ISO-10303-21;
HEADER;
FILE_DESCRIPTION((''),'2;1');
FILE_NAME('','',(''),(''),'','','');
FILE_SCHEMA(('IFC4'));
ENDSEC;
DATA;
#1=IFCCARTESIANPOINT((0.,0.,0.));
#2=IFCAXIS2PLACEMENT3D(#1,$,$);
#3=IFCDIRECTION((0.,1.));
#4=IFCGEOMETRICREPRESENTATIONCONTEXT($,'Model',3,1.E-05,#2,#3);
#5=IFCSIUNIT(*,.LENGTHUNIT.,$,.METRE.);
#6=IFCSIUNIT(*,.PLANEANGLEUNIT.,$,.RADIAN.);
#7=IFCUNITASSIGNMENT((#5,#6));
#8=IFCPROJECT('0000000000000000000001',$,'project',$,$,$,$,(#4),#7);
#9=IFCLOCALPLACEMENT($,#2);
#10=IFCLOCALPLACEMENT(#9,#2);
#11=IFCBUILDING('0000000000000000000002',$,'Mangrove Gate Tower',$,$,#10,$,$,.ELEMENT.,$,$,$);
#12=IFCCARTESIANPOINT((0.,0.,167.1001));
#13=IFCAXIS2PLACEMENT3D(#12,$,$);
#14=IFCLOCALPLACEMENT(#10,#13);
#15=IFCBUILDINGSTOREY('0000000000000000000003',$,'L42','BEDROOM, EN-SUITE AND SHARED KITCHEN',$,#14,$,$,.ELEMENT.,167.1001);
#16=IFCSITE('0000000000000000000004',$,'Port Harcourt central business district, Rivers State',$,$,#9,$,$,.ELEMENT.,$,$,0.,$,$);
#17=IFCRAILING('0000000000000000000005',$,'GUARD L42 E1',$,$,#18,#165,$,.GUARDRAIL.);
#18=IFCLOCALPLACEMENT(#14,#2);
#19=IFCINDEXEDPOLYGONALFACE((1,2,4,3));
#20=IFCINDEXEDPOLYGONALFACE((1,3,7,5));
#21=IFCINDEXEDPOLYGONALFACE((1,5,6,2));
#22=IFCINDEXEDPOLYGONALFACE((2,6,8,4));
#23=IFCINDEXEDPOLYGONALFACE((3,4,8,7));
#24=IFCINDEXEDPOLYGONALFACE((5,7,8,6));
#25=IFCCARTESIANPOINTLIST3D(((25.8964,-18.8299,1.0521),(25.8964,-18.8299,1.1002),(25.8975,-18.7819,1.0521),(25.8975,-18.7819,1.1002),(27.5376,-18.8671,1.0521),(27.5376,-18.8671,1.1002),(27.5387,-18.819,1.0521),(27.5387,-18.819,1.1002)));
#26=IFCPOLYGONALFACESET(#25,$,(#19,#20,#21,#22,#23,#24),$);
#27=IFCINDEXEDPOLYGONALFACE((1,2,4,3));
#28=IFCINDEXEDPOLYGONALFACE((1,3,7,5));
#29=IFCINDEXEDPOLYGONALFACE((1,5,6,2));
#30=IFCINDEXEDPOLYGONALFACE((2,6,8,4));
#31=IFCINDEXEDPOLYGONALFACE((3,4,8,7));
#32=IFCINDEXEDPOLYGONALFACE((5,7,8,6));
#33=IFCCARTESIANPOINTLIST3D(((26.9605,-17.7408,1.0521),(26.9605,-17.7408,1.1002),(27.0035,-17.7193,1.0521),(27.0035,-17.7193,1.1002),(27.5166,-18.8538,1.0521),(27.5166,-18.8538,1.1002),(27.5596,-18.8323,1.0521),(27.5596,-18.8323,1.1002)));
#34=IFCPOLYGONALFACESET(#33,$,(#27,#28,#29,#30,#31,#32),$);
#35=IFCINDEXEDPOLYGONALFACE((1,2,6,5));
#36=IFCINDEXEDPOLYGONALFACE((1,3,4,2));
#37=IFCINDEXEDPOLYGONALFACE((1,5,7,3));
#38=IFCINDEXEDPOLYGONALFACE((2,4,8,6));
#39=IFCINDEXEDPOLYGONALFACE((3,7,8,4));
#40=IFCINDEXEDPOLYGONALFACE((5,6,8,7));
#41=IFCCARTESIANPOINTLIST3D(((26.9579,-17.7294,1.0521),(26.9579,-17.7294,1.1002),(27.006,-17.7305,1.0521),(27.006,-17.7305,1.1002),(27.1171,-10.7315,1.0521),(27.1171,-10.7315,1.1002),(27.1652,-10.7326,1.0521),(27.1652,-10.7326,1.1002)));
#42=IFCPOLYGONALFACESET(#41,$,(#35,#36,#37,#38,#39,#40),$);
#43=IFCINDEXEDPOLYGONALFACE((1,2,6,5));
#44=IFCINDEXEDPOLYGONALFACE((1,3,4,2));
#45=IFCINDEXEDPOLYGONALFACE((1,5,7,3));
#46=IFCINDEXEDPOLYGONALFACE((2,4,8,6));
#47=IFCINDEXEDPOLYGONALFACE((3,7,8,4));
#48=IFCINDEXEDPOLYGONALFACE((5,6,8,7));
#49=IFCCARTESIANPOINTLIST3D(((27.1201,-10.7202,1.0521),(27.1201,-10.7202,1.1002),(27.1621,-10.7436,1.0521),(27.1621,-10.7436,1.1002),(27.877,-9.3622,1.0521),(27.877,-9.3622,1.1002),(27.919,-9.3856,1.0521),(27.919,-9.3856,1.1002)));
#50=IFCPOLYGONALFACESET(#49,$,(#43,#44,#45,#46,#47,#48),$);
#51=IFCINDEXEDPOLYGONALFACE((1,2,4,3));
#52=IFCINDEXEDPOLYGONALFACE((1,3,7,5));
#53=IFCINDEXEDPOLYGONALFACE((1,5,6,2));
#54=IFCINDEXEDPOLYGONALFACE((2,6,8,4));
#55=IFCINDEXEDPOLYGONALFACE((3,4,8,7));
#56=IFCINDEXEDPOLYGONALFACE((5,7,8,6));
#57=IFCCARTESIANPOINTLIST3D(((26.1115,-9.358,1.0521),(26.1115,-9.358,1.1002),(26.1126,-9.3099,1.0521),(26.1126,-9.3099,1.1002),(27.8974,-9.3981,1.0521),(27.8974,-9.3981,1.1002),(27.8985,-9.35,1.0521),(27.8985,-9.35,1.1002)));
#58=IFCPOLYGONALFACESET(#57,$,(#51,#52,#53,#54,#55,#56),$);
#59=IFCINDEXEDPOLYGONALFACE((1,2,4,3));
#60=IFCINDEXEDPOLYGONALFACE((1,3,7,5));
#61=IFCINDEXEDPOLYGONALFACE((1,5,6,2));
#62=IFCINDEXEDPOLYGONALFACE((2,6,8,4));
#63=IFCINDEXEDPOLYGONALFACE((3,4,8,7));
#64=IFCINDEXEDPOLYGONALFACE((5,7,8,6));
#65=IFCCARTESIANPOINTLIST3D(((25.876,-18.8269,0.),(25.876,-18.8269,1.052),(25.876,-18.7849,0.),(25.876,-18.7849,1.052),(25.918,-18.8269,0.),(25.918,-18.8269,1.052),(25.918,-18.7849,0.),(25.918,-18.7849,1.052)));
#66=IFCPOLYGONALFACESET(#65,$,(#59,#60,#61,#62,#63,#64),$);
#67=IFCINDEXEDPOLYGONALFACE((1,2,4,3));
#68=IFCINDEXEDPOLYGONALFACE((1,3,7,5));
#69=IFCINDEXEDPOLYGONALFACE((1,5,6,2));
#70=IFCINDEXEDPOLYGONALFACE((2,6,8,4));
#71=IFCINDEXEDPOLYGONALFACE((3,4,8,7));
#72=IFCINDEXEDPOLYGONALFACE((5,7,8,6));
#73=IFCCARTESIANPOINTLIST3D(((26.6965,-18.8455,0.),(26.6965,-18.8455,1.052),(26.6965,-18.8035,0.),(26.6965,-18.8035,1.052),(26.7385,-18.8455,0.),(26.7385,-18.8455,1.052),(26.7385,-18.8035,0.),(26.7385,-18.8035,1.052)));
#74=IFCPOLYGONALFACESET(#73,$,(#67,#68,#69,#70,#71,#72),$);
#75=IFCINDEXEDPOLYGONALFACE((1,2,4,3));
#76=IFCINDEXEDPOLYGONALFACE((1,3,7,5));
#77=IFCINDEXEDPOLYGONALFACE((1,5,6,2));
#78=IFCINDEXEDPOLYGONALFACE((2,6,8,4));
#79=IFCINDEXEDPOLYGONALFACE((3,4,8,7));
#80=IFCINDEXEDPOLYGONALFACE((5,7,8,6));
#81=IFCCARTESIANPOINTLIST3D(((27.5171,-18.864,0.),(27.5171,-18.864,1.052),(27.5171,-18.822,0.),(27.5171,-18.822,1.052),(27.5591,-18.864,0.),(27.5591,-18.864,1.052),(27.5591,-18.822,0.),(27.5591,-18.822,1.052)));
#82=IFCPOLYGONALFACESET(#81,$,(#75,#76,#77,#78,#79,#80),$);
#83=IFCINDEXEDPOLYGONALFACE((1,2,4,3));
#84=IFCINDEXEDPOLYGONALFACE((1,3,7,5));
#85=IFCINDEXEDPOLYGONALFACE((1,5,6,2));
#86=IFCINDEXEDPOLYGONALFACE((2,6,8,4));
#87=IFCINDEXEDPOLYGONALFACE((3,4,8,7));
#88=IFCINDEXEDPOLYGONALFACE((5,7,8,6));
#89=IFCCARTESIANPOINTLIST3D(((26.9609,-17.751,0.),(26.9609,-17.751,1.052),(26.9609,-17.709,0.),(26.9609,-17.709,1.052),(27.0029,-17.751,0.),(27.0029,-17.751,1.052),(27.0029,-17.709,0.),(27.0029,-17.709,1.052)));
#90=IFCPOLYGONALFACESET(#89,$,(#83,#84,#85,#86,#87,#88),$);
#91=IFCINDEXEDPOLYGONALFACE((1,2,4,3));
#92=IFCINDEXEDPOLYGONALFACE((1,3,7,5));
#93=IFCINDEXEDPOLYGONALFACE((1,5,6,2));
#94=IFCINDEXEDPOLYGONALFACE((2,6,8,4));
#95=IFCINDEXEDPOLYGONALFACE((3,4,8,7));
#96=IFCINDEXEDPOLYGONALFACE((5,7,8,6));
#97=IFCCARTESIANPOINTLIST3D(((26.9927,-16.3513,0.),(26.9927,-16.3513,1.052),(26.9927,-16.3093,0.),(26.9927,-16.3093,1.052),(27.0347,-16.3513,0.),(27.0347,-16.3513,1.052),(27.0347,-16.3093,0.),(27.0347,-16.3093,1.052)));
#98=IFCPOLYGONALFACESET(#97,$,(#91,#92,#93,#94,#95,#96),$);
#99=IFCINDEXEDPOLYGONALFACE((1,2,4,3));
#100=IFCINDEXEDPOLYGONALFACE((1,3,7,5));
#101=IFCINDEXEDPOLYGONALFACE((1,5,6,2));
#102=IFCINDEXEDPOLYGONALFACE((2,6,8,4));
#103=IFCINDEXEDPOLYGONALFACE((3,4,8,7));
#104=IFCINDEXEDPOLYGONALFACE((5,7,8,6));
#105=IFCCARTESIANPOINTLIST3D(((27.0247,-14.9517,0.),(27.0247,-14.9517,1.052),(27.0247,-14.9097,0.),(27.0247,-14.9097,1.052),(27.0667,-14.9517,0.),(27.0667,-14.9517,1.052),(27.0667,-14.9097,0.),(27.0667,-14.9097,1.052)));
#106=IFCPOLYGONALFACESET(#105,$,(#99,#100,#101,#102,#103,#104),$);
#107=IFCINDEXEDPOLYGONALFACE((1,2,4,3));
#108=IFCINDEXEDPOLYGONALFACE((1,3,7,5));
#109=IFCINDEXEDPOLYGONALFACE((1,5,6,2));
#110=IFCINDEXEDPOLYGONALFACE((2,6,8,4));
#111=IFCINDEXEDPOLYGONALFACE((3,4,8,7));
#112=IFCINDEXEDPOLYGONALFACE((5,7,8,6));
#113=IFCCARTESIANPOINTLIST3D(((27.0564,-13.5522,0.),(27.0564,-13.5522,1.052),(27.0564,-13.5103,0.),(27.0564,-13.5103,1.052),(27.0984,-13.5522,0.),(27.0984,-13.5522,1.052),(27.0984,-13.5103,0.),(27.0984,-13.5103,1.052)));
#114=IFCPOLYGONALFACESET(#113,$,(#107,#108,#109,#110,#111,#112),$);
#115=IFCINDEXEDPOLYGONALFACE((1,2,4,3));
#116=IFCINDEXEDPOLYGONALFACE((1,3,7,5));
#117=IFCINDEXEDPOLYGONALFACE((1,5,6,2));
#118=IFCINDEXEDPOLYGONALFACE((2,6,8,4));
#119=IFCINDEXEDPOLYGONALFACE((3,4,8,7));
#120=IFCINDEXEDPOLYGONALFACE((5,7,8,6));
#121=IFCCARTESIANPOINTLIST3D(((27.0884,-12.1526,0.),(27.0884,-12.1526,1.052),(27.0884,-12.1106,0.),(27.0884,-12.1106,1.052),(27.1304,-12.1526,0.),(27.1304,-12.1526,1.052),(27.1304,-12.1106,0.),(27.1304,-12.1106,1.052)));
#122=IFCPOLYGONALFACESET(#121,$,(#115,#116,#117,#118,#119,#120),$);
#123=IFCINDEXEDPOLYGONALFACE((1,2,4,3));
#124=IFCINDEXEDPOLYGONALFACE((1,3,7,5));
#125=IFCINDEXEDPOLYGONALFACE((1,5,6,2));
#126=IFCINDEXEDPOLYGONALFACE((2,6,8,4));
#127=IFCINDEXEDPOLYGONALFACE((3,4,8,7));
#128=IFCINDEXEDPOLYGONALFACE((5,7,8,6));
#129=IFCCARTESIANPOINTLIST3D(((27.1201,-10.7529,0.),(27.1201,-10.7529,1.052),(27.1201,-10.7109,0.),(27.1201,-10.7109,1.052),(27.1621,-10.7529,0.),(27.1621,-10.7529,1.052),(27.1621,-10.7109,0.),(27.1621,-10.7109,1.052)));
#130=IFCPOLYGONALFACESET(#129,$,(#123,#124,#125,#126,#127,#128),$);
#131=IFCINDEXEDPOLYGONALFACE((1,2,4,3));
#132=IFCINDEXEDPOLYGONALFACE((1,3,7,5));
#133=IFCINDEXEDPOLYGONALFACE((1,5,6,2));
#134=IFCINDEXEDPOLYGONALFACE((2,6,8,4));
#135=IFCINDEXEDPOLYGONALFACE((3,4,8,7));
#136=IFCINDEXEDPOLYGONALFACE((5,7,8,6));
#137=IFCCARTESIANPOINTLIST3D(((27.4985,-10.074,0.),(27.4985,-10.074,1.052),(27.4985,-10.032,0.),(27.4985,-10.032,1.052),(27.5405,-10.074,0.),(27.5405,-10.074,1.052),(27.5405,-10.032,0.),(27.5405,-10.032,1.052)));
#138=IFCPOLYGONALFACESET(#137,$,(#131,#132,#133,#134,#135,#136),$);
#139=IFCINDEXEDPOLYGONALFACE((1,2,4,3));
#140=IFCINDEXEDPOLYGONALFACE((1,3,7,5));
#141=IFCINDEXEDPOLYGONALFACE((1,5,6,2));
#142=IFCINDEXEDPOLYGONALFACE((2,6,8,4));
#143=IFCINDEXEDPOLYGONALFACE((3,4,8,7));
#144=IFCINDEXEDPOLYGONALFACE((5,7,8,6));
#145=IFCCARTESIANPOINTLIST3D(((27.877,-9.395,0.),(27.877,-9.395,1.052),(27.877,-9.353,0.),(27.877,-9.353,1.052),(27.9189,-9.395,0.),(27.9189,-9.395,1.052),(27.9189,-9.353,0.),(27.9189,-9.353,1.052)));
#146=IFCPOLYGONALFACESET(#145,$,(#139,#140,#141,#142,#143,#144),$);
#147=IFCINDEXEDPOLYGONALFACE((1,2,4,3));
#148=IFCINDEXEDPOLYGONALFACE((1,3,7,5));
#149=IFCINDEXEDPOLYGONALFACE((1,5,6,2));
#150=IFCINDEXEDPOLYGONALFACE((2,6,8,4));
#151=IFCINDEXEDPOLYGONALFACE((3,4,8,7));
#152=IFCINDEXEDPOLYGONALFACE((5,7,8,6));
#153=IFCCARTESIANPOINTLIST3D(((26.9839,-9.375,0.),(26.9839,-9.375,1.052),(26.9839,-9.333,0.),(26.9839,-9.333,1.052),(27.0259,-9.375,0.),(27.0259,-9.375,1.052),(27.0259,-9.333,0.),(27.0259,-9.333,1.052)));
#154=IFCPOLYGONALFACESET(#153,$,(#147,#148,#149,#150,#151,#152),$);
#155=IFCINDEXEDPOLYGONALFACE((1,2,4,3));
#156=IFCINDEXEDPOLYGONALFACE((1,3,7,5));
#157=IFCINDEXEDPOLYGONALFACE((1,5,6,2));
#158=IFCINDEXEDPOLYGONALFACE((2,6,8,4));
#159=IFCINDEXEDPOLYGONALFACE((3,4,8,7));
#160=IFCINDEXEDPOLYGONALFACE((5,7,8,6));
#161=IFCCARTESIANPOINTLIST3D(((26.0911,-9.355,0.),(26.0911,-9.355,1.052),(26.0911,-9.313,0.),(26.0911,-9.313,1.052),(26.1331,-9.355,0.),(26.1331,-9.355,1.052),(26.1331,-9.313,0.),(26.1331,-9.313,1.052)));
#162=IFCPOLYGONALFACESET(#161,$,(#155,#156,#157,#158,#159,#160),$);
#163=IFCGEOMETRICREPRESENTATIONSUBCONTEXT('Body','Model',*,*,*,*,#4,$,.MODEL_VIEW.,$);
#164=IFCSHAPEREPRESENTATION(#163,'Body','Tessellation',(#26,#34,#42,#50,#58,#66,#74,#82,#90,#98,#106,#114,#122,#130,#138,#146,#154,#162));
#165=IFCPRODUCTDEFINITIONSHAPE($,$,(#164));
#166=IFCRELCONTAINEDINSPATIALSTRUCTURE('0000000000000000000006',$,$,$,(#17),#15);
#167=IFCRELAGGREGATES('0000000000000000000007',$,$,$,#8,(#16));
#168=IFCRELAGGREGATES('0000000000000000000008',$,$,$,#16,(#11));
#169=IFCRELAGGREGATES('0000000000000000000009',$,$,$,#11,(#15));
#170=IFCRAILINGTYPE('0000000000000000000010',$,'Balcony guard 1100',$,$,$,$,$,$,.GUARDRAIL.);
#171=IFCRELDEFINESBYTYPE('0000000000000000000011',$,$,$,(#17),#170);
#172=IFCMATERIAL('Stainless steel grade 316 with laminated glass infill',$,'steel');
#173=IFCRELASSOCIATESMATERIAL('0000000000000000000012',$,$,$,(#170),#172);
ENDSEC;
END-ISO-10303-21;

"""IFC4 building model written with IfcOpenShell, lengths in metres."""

from ifc_helpers import new_model, si_unit, direction, frame, origin, origin_2d, place, context, subcontext, project, spatial, rectangle, extrude, material, type_object, element, save


model = new_model("IFC4")

# Units and contexts
model_context = context("Model", 3, precision=1e-05, world=origin(), true_north=direction((0.0, 1.0)))
body_context = subcontext(model_context, "Body", "Model", "MODEL_VIEW")
ifc_project = project(units=[si_unit("LENGTHUNIT", "METRE"), si_unit("PLANEANGLEUNIT", "RADIAN")], contexts=[model_context])

# Site, building, storey
site_placement = place(None, origin())
site = spatial("IfcSite", under=ifc_project, at=site_placement, Name="Port Harcourt central business district, Rivers State", CompositionType="ELEMENT", RefElevation=0.0)
building_placement = place(site_placement, origin())
building = spatial("IfcBuilding", under=site, at=building_placement, Name="Mangrove Gate Tower", CompositionType="ELEMENT")
storey_placement = place(building_placement, frame((0.0, 0.0, 167.1001)))
storey = spatial("IfcBuildingStorey", under=building, at=storey_placement, Name="L42", Description="BEDROOM, EN-SUITE AND SHARED KITCHEN", CompositionType="ELEMENT", Elevation=167.1001)

# Railing
ifc_material_1 = material(Name="Stainless steel grade 316 with laminated glass infill", Category="steel")
railing_type = type_object("IfcRailingType", Name="Balcony guard 1100", PredefinedType="GUARDRAIL", material=ifc_material_1)
railing_placement = place(storey_placement, frame((25.897, -18.8059, 0.0)))
element("IfcRailing", 1, at=railing_placement, inside=storey, type_object=railing_type, Name="GUARD L42 E1", PredefinedType="GUARDRAIL", context=body_context, shape_type="SweptSolid", body=[
    extrude(rectangle(XDim=0.0481, YDim=0.0481, at=origin_2d()), frame((0.0, 0.0, 1.0762), z_axis=(0.999744, -0.022607, 0.0), x_axis=(0.022607, 0.999744, 0.0)), (0.0, 0.0, 1.0), 1.6416),
    extrude(rectangle(XDim=0.0481, YDim=0.0481, at=origin_2d()), frame((1.6411, -0.0371, 1.0762), z_axis=(-0.446978, 0.894545, 0.0), x_axis=(-0.894545, -0.446978, 0.0)), (0.0, 0.0, 1.0), 1.2441),
    extrude(rectangle(XDim=0.0481, YDim=0.0481, at=origin_2d()), frame((1.085, 1.0759, 1.0762), z_axis=(0.02274, 0.999741, 0.0), x_axis=(-0.999741, 0.02274, 0.0)), (0.0, 0.0, 1.0), 6.9998),
    extrude(rectangle(XDim=0.0481, YDim=0.0481, at=origin_2d()), frame((1.2441, 8.074, 1.0762), z_axis=(0.486843, 0.87349, 0.0), x_axis=(-0.87349, 0.486843, 0.0)), (0.0, 0.0, 1.0), 1.5547),
    extrude(rectangle(XDim=0.0481, YDim=0.0481, at=origin_2d()), frame((2.001, 9.4319, 1.0762), z_axis=(-0.999749, 0.022414, 0.0), x_axis=(-0.022414, -0.999749, 0.0)), (0.0, 0.0, 1.0), 1.7864),
    extrude(rectangle(XDim=0.042, YDim=0.042, at=origin_2d()), origin(), (0.0, 0.0, 1.0), 1.052),
    extrude(rectangle(XDim=0.042, YDim=0.042, at=origin_2d()), frame((0.8206, -0.0186, 0.0)), (0.0, 0.0, 1.0), 1.052),
    extrude(rectangle(XDim=0.042, YDim=0.042, at=origin_2d()), frame((1.6411, -0.0371, 0.0)), (0.0, 0.0, 1.0), 1.052),
    extrude(rectangle(XDim=0.042, YDim=0.042, at=origin_2d()), frame((1.085, 1.0759, 0.0)), (0.0, 0.0, 1.0), 1.052),
    extrude(rectangle(XDim=0.042, YDim=0.042, at=origin_2d()), frame((1.1167, 2.4756, 0.0)), (0.0, 0.0, 1.0), 1.052),
    extrude(rectangle(XDim=0.042, YDim=0.042, at=origin_2d()), frame((1.1487, 3.8752, 0.0)), (0.0, 0.0, 1.0), 1.052),
    extrude(rectangle(XDim=0.042, YDim=0.042, at=origin_2d()), frame((1.1804, 5.2747, 0.0)), (0.0, 0.0, 1.0), 1.052),
    extrude(rectangle(XDim=0.042, YDim=0.042, at=origin_2d()), frame((1.2124, 6.6743, 0.0)), (0.0, 0.0, 1.0), 1.052),
    extrude(rectangle(XDim=0.042, YDim=0.042, at=origin_2d()), frame((1.2441, 8.074, 0.0)), (0.0, 0.0, 1.0), 1.052),
    extrude(rectangle(XDim=0.042, YDim=0.042, at=origin_2d()), frame((1.6226, 8.7529, 0.0)), (0.0, 0.0, 1.0), 1.052),
    extrude(rectangle(XDim=0.042, YDim=0.042, at=origin_2d()), frame((2.001, 9.4319, 0.0)), (0.0, 0.0, 1.0), 1.052),
    extrude(rectangle(XDim=0.042, YDim=0.042, at=origin_2d()), frame((1.1079, 9.4519, 0.0)), (0.0, 0.0, 1.0), 1.052),
    extrude(rectangle(XDim=0.042, YDim=0.042, at=origin_2d()), frame((0.2151, 9.4719, 0.0)), (0.0, 0.0, 1.0), 1.052),
])

save(model, "model.ifc")
